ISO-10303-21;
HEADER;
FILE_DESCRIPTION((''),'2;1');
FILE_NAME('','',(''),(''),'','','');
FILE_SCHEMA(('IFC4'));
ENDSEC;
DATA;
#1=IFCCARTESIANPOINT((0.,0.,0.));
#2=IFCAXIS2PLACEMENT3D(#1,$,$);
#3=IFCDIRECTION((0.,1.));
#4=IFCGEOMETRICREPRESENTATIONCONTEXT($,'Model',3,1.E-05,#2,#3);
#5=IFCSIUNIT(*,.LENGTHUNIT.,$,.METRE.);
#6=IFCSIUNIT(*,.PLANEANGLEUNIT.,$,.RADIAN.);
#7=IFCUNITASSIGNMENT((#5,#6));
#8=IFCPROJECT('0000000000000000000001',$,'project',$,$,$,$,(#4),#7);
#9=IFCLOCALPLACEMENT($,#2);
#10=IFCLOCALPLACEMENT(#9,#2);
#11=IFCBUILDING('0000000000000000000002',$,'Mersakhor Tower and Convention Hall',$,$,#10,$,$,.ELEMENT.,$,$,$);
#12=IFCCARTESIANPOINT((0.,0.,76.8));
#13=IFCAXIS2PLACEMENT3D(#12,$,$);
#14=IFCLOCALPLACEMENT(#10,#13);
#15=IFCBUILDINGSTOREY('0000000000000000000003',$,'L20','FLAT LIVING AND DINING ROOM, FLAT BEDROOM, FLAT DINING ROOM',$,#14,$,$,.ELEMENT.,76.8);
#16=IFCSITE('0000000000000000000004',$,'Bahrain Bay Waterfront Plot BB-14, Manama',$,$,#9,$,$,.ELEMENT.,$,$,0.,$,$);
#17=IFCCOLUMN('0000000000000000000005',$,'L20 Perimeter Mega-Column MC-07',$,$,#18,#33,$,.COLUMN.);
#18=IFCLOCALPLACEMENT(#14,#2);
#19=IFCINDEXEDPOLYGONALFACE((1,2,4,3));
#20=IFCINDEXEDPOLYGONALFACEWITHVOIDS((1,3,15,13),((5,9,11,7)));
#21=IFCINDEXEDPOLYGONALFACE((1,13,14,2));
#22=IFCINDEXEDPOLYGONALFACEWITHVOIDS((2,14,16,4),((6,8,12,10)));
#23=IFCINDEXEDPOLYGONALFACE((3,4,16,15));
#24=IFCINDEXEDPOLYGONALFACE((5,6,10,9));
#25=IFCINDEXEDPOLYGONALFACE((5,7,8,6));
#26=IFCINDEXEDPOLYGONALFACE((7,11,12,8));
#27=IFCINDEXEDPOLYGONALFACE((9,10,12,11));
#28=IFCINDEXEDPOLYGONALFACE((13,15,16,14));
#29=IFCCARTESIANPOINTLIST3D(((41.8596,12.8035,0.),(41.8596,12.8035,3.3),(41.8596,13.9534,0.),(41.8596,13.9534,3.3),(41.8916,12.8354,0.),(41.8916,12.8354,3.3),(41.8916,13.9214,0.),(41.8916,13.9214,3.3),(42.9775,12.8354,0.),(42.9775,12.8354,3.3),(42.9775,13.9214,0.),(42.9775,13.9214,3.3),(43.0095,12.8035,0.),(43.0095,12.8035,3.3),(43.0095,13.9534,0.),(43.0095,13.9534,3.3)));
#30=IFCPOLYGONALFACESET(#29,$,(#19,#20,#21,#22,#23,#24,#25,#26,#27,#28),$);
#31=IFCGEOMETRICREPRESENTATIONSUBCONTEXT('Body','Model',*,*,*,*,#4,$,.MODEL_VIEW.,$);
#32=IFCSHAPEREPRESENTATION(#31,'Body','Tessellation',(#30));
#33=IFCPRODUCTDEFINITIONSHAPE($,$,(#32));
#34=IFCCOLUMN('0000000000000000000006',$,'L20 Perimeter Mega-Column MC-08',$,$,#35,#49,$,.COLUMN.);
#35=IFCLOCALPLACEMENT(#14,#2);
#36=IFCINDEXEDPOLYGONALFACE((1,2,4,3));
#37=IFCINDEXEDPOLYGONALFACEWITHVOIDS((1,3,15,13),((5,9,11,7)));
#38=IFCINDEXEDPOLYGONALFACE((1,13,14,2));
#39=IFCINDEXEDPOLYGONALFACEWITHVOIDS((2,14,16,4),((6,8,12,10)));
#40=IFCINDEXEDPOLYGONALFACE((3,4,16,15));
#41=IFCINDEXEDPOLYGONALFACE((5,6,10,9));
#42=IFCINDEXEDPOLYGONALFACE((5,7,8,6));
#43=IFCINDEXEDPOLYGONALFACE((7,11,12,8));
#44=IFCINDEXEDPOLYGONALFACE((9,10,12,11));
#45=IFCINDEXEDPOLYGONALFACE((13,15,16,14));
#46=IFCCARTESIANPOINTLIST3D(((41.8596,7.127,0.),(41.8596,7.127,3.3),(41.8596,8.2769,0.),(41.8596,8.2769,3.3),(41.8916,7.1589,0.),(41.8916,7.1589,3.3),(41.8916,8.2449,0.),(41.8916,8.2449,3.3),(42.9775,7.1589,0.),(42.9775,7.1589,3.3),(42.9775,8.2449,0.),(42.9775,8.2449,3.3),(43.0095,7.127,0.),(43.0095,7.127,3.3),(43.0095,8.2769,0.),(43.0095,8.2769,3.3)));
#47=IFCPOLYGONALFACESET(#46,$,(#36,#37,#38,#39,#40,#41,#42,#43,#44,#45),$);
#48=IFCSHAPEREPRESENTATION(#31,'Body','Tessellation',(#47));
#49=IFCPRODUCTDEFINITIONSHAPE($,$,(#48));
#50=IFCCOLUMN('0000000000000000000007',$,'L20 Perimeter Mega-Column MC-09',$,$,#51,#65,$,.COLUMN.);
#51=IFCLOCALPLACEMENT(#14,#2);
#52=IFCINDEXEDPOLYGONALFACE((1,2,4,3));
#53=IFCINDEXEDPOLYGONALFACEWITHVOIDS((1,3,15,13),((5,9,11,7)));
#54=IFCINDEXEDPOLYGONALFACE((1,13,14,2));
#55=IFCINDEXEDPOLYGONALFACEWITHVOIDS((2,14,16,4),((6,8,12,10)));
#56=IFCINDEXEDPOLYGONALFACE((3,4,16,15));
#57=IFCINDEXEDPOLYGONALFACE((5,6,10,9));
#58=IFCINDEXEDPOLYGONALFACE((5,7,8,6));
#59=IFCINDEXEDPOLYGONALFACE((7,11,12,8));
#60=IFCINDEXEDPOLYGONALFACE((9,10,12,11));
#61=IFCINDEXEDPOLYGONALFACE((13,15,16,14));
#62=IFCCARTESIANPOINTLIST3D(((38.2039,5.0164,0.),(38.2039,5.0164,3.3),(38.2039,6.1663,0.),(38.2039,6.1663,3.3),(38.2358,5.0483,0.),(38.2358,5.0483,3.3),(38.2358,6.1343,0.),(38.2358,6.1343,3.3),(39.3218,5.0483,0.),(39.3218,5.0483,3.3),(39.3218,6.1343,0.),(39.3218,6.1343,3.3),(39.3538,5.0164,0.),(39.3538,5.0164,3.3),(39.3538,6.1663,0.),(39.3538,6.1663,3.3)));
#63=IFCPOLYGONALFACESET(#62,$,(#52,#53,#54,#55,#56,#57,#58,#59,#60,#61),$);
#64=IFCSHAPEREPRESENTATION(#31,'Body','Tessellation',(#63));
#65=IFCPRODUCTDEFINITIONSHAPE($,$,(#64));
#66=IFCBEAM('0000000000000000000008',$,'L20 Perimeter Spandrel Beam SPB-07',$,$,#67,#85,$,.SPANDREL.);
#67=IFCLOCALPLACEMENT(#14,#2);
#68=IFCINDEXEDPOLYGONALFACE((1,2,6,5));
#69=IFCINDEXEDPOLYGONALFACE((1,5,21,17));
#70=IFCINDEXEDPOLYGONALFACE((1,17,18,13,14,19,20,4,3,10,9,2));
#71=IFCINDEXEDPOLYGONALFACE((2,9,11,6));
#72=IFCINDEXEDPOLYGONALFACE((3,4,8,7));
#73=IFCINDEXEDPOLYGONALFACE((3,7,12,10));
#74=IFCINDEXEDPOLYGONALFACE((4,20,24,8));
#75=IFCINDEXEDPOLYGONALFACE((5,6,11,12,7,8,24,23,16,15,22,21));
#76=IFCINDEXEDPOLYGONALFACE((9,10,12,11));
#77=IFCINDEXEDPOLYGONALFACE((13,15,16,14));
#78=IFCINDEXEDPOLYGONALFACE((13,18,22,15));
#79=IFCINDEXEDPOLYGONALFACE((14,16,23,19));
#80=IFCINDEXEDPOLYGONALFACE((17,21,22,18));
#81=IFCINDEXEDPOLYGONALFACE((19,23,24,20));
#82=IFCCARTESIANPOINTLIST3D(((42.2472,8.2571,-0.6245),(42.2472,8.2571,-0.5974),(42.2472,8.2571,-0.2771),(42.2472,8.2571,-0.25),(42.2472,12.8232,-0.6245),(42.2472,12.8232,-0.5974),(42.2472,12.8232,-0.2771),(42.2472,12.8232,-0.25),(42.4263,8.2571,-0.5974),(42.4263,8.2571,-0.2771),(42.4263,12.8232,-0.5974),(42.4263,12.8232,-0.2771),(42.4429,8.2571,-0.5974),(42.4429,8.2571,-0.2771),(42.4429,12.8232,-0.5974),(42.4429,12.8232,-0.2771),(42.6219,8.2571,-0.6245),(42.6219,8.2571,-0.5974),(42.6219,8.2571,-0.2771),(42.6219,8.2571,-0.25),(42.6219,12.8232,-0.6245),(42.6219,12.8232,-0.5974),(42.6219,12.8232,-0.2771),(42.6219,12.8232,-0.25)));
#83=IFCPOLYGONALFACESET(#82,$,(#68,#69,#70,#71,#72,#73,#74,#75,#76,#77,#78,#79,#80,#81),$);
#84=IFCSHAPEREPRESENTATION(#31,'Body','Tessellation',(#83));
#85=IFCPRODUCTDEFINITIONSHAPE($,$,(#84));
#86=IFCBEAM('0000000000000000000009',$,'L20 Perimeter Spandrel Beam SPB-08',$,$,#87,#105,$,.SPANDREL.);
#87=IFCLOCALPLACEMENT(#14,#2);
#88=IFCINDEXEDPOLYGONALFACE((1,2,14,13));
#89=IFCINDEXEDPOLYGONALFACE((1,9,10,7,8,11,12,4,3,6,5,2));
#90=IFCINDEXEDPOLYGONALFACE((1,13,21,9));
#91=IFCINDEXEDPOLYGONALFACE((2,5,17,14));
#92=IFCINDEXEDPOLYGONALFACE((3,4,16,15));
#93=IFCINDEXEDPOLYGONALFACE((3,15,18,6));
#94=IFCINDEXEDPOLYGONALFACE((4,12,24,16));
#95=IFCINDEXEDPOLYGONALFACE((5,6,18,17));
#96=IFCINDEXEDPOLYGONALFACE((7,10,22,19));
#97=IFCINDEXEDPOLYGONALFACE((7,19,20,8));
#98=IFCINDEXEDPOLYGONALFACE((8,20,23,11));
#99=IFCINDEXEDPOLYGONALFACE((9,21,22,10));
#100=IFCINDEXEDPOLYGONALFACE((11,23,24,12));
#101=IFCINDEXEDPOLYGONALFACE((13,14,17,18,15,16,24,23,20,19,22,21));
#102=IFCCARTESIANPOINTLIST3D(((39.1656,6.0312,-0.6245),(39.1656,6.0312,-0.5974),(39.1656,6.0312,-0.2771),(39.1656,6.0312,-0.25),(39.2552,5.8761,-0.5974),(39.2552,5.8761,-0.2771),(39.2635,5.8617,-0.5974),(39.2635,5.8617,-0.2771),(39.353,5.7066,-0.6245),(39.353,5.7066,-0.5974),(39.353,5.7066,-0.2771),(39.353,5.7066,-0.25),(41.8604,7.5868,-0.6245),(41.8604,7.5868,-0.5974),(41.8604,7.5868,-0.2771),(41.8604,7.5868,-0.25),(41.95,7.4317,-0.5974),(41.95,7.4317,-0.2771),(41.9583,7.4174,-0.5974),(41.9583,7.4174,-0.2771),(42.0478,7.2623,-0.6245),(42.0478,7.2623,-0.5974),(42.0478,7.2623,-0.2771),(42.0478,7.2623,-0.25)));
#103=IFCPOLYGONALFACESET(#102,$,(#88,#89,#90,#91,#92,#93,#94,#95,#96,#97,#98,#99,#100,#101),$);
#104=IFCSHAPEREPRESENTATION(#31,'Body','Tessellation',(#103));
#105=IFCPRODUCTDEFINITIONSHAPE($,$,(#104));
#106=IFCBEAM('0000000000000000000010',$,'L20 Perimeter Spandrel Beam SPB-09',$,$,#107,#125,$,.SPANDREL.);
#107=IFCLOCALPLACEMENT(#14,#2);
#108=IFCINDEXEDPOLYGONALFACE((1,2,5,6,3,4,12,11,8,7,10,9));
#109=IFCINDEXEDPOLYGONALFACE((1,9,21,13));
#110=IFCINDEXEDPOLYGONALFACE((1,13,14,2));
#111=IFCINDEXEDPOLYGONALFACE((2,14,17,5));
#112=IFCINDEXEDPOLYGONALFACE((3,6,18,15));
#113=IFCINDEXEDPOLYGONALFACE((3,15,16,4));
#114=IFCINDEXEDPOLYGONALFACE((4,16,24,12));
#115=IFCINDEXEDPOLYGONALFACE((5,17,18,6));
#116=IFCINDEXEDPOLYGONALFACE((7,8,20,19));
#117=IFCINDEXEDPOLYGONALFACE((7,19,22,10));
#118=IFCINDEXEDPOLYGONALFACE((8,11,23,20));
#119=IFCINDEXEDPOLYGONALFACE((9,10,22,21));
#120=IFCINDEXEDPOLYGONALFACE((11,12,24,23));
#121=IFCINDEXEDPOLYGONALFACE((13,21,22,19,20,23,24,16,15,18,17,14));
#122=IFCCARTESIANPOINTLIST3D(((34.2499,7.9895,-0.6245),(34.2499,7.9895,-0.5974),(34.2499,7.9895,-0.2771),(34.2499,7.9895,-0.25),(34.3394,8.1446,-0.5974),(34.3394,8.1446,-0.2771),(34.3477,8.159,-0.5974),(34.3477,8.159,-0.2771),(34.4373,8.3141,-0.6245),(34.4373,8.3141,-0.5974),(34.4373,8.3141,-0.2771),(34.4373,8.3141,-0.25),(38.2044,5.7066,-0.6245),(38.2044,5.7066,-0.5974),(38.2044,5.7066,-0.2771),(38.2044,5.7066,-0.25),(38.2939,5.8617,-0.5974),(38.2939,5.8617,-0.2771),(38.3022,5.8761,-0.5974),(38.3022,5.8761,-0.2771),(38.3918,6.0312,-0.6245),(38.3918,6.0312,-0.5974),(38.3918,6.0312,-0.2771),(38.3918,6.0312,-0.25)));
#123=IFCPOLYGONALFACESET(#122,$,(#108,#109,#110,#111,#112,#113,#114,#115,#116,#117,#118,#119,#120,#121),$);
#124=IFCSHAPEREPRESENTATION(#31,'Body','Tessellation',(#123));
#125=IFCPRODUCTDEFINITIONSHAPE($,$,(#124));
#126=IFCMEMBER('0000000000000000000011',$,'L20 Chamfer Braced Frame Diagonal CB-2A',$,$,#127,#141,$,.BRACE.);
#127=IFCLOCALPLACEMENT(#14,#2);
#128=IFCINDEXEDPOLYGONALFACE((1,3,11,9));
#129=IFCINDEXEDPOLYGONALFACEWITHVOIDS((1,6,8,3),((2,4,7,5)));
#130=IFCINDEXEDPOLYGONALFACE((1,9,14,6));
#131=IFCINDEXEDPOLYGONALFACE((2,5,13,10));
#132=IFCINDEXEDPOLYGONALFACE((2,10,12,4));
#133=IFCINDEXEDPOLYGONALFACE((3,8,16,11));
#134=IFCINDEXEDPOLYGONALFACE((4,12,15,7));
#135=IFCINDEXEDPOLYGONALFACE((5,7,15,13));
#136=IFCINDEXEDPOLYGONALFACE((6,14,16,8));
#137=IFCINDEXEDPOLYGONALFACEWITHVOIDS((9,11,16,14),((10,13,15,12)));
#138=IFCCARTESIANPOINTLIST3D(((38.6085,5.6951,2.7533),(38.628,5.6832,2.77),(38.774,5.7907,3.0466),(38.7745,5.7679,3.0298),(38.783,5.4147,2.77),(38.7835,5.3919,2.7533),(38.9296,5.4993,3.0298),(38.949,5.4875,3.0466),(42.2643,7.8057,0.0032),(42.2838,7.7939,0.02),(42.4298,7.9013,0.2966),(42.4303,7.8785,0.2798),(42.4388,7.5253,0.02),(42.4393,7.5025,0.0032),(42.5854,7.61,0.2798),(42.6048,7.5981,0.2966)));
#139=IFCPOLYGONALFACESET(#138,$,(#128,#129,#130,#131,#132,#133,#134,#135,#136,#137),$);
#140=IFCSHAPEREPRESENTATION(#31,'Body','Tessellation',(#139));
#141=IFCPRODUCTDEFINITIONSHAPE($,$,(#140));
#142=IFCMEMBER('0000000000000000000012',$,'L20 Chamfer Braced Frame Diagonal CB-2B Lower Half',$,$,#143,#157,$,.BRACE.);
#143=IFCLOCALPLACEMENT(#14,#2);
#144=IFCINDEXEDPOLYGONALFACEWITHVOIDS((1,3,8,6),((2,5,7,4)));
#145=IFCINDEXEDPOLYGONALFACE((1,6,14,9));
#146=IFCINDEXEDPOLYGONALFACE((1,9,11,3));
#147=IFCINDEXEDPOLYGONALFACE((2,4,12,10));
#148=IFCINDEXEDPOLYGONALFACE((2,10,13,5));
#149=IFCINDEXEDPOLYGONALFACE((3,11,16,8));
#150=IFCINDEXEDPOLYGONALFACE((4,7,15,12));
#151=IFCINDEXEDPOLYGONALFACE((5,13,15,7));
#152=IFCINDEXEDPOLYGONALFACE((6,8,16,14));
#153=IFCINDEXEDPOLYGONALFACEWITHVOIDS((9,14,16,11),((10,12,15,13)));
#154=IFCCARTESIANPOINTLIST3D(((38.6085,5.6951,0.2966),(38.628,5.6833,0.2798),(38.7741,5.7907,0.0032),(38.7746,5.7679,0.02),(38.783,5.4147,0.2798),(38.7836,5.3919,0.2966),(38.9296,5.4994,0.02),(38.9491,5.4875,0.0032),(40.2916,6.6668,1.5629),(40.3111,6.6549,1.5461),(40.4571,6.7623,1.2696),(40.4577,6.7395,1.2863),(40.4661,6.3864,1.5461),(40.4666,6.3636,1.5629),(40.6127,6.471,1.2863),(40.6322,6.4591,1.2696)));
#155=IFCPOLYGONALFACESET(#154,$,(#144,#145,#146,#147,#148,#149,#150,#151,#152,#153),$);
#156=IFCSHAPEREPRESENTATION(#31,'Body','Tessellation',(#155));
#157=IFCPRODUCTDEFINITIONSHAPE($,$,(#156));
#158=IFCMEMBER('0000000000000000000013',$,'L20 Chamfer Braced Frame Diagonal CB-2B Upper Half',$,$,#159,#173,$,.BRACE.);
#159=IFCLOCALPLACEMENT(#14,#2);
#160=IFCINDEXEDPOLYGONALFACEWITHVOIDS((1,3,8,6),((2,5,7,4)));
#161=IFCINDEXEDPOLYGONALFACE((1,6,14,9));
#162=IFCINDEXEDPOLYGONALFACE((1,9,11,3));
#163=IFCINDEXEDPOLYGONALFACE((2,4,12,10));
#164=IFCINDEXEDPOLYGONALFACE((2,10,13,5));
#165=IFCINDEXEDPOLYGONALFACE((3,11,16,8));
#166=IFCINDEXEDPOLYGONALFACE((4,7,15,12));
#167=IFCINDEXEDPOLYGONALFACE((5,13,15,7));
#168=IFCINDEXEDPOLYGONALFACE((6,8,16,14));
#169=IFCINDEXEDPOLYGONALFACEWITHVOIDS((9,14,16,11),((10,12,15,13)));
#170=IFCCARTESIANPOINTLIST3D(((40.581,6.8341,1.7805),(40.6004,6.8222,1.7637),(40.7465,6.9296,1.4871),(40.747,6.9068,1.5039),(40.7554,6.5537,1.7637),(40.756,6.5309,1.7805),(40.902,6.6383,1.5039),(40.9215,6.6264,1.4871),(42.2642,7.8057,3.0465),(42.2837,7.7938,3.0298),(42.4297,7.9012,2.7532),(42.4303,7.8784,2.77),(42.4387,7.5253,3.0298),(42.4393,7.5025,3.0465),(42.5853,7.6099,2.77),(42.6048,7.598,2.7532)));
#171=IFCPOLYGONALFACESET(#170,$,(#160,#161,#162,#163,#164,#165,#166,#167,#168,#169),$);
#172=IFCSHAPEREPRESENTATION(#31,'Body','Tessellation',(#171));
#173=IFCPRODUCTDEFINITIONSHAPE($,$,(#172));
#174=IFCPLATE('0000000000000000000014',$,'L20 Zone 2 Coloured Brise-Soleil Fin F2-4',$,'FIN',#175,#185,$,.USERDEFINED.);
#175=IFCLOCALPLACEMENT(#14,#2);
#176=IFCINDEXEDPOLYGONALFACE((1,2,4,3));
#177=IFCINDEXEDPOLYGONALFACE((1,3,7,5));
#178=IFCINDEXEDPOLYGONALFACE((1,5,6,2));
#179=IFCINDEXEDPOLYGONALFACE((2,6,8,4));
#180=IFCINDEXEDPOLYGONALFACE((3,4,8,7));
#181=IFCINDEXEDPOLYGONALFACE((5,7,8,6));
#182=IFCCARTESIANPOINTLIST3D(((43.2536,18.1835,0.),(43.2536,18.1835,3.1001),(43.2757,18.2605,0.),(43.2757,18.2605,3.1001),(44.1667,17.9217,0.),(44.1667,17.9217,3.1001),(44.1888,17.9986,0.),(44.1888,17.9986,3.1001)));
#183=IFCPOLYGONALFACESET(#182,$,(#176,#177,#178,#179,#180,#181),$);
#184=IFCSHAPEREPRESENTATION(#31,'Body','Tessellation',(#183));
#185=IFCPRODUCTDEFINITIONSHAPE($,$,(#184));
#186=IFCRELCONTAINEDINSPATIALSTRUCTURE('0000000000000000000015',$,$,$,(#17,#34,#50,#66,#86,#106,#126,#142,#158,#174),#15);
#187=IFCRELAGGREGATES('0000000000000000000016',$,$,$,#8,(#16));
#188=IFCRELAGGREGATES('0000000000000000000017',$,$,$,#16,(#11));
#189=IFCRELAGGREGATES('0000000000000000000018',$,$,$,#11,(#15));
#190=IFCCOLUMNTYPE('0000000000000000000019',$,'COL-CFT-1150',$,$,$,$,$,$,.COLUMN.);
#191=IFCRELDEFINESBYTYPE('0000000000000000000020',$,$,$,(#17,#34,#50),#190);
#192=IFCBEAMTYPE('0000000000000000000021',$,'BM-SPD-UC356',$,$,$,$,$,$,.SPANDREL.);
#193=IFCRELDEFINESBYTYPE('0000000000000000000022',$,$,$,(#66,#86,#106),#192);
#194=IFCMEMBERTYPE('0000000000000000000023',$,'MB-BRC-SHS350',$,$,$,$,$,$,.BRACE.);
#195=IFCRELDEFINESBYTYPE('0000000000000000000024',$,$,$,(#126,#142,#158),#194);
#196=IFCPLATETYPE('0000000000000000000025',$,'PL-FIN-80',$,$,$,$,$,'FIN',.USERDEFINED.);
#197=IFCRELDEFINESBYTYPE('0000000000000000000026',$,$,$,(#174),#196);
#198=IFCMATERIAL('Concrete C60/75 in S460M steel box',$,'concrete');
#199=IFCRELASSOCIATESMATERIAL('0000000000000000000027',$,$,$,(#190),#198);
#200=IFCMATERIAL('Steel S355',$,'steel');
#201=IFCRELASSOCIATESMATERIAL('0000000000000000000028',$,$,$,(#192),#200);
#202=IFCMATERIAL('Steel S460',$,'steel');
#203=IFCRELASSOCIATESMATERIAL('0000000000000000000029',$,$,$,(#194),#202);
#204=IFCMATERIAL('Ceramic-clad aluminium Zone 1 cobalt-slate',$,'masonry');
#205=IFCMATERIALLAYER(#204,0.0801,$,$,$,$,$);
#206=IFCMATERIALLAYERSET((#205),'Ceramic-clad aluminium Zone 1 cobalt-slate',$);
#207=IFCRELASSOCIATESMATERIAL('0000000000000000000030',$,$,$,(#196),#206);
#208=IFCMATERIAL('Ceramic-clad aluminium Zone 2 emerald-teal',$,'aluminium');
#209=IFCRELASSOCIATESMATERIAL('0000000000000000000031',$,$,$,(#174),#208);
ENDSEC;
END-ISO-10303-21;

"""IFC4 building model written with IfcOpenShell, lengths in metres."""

from ifc_helpers import new_model, si_unit, direction, frame, origin, origin_2d, place, context, subcontext, project, spatial, rectangle, hollow_rectangle, i_section, extrude, material, layer, layer_set, material_profile, profile_set, type_object, element, save


model = new_model("IFC4")

# Units and contexts
model_context = context("Model", 3, precision=1e-05, world=origin(), true_north=direction((0.0, 1.0)))
body_context = subcontext(model_context, "Body", "Model", "MODEL_VIEW")
ifc_project = project(units=[si_unit("LENGTHUNIT", "METRE"), si_unit("PLANEANGLEUNIT", "RADIAN")], contexts=[model_context])

# Site, building, storey
site_placement = place(None, origin())
site = spatial("IfcSite", under=ifc_project, at=site_placement, Name="Bahrain Bay Waterfront Plot BB-14, Manama", CompositionType="ELEMENT", RefElevation=0.0)
building_placement = place(site_placement, origin())
building = spatial("IfcBuilding", under=site, at=building_placement, Name="Mersakhor Tower and Convention Hall", CompositionType="ELEMENT")
storey_placement = place(building_placement, frame((0.0, 0.0, 76.8)))
storey = spatial("IfcBuildingStorey", under=building, at=storey_placement, Name="L20", Description="FLAT LIVING AND DINING ROOM, FLAT BEDROOM, FLAT DINING ROOM", CompositionType="ELEMENT", Elevation=76.8)

# Columns
ifc_material_1 = material(Name="Concrete C60/75 in S460M steel box", Category="concrete")
ifc_material_profile_1 = material_profile(ifc_material_1, hollow_rectangle(XDim=1.1499, YDim=1.1499, WallThickness=0.032, at=origin_2d()), Name="SHS 1150x1150x32")
ifc_profile_set_1 = profile_set([ifc_material_profile_1], Name="Concrete C60/75 in S460M steel box")
column_type = type_object("IfcColumnType", Name="COL-CFT-1150", PredefinedType="COLUMN", material=ifc_profile_set_1)
for number, where, z_axis, x_axis, name in (
    (1, (42.4346, 13.3784, 0.0), (0.0, 0.0, 1.0), (1.0, 0.0, 0.0), "L20 Perimeter Mega-Column MC-07"),
    (2, (42.4346, 7.7019, 0.0), (0.0, 0.0, 1.0), (1.0, 0.0, 0.0), "L20 Perimeter Mega-Column MC-08"),
    (3, (38.7788, 5.5913, 0.0), (0.0, 0.0, 1.0), (1.0, 0.0, 0.0), "L20 Perimeter Mega-Column MC-09"),
):
    element("IfcColumn", number, at=place(storey_placement, frame(where, z_axis=z_axis, x_axis=x_axis)), inside=storey, type_object=column_type, Name=name, PredefinedType="COLUMN", context=body_context, shape_type="SweptSolid", body=[
        extrude(hollow_rectangle(XDim=1.1499, YDim=1.1499, WallThickness=0.032, at=origin_2d()), origin(), (0.0, 0.0, 1.0), 3.3),
    ])

# Beams
ifc_material_2 = material(Name="Steel S355", Category="steel")
ifc_material_profile_2 = material_profile(ifc_material_2, i_section(OverallWidth=0.3748, OverallDepth=0.3745, WebThickness=0.0166, FlangeThickness=0.0271, at=origin_2d()), Name="UC 356x368x202")
ifc_profile_set_2 = profile_set([ifc_material_profile_2], Name="Steel S355")
beam_type = type_object("IfcBeamType", Name="BM-SPD-UC356", PredefinedType="SPANDREL", material=ifc_profile_set_2)
beam_1_placement = place(storey_placement, frame((42.4346, 12.8232, -0.4373), z_axis=(0.0, -1.0, 0.0), x_axis=(1.0, 0.0, 0.0)))
element("IfcBeam", 4, at=beam_1_placement, inside=storey, type_object=beam_type, Name="L20 Perimeter Spandrel Beam SPB-07", PredefinedType="SPANDREL", context=body_context, shape_type="SweptSolid", body=[
    extrude(i_section(OverallWidth=0.3748, OverallDepth=0.3745, WebThickness=0.0166, FlangeThickness=0.0271, at=origin_2d()), origin(), (0.0, 0.0, 1.0), 4.5662),
])
beam_2_placement = place(storey_placement, frame((41.9541, 7.4246, -0.4373), z_axis=(-0.866052, -0.499953, 0.0), x_axis=(0.499953, -0.866052, 0.0)))
element("IfcBeam", 5, at=beam_2_placement, inside=storey, type_object=beam_type, Name="L20 Perimeter Spandrel Beam SPB-08", PredefinedType="SPANDREL", context=body_context, shape_type="SweptSolid", body=[
    extrude(i_section(OverallWidth=0.3748, OverallDepth=0.3745, WebThickness=0.0166, FlangeThickness=0.0271, at=origin_2d()), origin(), (0.0, 0.0, 1.0), 3.1116),
])
beam_3_placement = place(storey_placement, frame((38.2981, 5.8689, -0.4373), z_axis=(-0.866047, 0.499963, 0.0), x_axis=(-0.499963, -0.866047, 0.0)))
element("IfcBeam", 6, at=beam_3_placement, inside=storey, type_object=beam_type, Name="L20 Perimeter Spandrel Beam SPB-09", PredefinedType="SPANDREL", context=body_context, shape_type="SweptSolid", body=[
    extrude(i_section(OverallWidth=0.3748, OverallDepth=0.3745, WebThickness=0.0166, FlangeThickness=0.0271, at=origin_2d()), origin(), (0.0, 0.0, 1.0), 4.5662),
])

# Members
ifc_material_3 = material(Name="Steel S460", Category="steel")
ifc_material_profile_3 = material_profile(ifc_material_3, hollow_rectangle(XDim=0.3501, YDim=0.3501, WallThickness=0.02, at=origin_2d()), Name="SHS 350x350x20")
ifc_profile_set_3 = profile_set([ifc_material_profile_3], Name="Steel S460")
member_type = type_object("IfcMemberType", Name="MB-BRC-SHS350", PredefinedType="BRACE", material=ifc_profile_set_3)
member_placement = place(storey_placement, frame((42.4346, 7.7019, 0.1499), z_axis=(-0.725634, -0.418933, 0.545849), x_axis=(0.499989, -0.866031, 0.0)))
element("IfcMember", 7, at=member_placement, inside=storey, type_object=member_type, Name="L20 Chamfer Braced Frame Diagonal CB-2A", PredefinedType="BRACE", context=body_context, shape_type="SweptSolid", body=[
    extrude(hollow_rectangle(XDim=0.3501, YDim=0.3501, WallThickness=0.02, at=origin_2d()), origin(), (0.0, 0.0, 1.0), 5.0381),
])
for number, where, z_axis, x_axis, name in (
    (8, (38.7788, 5.5913, 0.1499), (0.725593, 0.418895, 0.545932), (-0.499976, 0.866039, 0.0), "L20 Chamfer Braced Frame Diagonal CB-2B Lower Half"),
    (9, (40.7512, 6.7302, 1.6338), (0.725685, 0.418887, 0.545816), (-0.499922, 0.866071, 0.0), "L20 Chamfer Braced Frame Diagonal CB-2B Upper Half"),
):
    element("IfcMember", number, at=place(storey_placement, frame(where, z_axis=z_axis, x_axis=x_axis)), inside=storey, type_object=member_type, Name=name, PredefinedType="BRACE", context=body_context, shape_type="SweptSolid", body=[
        extrude(hollow_rectangle(XDim=0.3501, YDim=0.3501, WallThickness=0.02, at=origin_2d()), origin(), (0.0, 0.0, 1.0), 2.3196),
    ])

# Plate
ifc_material_4 = material(Name="Ceramic-clad aluminium Zone 2 emerald-teal", Category="aluminium")
ifc_material_5 = material(Name="Ceramic-clad aluminium Zone 1 cobalt-slate", Category="masonry")
ifc_layer_1 = layer(ifc_material_5, 0.0801)
ifc_layer_set_1 = layer_set([ifc_layer_1], Name="Ceramic-clad aluminium Zone 1 cobalt-slate")
plate_type_1 = type_object("IfcPlateType", Name="PL-FIN-80", ElementType="FIN", PredefinedType="USERDEFINED", material=ifc_layer_set_1)
plate_1_placement = place(storey_placement, frame((43.7212, 18.0911, 0.0), z_axis=(0.0, 0.0, 1.0), x_axis=(0.961262, -0.275637, 0.0)))
element("IfcPlate", 10, at=plate_1_placement, inside=storey, type_object=plate_type_1, material=ifc_material_4, Name="L20 Zone 2 Coloured Brise-Soleil Fin F2-4", ObjectType="FIN", PredefinedType="USERDEFINED", context=body_context, shape_type="SweptSolid", body=[
    extrude(rectangle(XDim=0.95, YDim=0.0801, at=origin_2d()), origin(), (0.0, 0.0, 1.0), 3.1001),
])

save(model, "model.ifc")
